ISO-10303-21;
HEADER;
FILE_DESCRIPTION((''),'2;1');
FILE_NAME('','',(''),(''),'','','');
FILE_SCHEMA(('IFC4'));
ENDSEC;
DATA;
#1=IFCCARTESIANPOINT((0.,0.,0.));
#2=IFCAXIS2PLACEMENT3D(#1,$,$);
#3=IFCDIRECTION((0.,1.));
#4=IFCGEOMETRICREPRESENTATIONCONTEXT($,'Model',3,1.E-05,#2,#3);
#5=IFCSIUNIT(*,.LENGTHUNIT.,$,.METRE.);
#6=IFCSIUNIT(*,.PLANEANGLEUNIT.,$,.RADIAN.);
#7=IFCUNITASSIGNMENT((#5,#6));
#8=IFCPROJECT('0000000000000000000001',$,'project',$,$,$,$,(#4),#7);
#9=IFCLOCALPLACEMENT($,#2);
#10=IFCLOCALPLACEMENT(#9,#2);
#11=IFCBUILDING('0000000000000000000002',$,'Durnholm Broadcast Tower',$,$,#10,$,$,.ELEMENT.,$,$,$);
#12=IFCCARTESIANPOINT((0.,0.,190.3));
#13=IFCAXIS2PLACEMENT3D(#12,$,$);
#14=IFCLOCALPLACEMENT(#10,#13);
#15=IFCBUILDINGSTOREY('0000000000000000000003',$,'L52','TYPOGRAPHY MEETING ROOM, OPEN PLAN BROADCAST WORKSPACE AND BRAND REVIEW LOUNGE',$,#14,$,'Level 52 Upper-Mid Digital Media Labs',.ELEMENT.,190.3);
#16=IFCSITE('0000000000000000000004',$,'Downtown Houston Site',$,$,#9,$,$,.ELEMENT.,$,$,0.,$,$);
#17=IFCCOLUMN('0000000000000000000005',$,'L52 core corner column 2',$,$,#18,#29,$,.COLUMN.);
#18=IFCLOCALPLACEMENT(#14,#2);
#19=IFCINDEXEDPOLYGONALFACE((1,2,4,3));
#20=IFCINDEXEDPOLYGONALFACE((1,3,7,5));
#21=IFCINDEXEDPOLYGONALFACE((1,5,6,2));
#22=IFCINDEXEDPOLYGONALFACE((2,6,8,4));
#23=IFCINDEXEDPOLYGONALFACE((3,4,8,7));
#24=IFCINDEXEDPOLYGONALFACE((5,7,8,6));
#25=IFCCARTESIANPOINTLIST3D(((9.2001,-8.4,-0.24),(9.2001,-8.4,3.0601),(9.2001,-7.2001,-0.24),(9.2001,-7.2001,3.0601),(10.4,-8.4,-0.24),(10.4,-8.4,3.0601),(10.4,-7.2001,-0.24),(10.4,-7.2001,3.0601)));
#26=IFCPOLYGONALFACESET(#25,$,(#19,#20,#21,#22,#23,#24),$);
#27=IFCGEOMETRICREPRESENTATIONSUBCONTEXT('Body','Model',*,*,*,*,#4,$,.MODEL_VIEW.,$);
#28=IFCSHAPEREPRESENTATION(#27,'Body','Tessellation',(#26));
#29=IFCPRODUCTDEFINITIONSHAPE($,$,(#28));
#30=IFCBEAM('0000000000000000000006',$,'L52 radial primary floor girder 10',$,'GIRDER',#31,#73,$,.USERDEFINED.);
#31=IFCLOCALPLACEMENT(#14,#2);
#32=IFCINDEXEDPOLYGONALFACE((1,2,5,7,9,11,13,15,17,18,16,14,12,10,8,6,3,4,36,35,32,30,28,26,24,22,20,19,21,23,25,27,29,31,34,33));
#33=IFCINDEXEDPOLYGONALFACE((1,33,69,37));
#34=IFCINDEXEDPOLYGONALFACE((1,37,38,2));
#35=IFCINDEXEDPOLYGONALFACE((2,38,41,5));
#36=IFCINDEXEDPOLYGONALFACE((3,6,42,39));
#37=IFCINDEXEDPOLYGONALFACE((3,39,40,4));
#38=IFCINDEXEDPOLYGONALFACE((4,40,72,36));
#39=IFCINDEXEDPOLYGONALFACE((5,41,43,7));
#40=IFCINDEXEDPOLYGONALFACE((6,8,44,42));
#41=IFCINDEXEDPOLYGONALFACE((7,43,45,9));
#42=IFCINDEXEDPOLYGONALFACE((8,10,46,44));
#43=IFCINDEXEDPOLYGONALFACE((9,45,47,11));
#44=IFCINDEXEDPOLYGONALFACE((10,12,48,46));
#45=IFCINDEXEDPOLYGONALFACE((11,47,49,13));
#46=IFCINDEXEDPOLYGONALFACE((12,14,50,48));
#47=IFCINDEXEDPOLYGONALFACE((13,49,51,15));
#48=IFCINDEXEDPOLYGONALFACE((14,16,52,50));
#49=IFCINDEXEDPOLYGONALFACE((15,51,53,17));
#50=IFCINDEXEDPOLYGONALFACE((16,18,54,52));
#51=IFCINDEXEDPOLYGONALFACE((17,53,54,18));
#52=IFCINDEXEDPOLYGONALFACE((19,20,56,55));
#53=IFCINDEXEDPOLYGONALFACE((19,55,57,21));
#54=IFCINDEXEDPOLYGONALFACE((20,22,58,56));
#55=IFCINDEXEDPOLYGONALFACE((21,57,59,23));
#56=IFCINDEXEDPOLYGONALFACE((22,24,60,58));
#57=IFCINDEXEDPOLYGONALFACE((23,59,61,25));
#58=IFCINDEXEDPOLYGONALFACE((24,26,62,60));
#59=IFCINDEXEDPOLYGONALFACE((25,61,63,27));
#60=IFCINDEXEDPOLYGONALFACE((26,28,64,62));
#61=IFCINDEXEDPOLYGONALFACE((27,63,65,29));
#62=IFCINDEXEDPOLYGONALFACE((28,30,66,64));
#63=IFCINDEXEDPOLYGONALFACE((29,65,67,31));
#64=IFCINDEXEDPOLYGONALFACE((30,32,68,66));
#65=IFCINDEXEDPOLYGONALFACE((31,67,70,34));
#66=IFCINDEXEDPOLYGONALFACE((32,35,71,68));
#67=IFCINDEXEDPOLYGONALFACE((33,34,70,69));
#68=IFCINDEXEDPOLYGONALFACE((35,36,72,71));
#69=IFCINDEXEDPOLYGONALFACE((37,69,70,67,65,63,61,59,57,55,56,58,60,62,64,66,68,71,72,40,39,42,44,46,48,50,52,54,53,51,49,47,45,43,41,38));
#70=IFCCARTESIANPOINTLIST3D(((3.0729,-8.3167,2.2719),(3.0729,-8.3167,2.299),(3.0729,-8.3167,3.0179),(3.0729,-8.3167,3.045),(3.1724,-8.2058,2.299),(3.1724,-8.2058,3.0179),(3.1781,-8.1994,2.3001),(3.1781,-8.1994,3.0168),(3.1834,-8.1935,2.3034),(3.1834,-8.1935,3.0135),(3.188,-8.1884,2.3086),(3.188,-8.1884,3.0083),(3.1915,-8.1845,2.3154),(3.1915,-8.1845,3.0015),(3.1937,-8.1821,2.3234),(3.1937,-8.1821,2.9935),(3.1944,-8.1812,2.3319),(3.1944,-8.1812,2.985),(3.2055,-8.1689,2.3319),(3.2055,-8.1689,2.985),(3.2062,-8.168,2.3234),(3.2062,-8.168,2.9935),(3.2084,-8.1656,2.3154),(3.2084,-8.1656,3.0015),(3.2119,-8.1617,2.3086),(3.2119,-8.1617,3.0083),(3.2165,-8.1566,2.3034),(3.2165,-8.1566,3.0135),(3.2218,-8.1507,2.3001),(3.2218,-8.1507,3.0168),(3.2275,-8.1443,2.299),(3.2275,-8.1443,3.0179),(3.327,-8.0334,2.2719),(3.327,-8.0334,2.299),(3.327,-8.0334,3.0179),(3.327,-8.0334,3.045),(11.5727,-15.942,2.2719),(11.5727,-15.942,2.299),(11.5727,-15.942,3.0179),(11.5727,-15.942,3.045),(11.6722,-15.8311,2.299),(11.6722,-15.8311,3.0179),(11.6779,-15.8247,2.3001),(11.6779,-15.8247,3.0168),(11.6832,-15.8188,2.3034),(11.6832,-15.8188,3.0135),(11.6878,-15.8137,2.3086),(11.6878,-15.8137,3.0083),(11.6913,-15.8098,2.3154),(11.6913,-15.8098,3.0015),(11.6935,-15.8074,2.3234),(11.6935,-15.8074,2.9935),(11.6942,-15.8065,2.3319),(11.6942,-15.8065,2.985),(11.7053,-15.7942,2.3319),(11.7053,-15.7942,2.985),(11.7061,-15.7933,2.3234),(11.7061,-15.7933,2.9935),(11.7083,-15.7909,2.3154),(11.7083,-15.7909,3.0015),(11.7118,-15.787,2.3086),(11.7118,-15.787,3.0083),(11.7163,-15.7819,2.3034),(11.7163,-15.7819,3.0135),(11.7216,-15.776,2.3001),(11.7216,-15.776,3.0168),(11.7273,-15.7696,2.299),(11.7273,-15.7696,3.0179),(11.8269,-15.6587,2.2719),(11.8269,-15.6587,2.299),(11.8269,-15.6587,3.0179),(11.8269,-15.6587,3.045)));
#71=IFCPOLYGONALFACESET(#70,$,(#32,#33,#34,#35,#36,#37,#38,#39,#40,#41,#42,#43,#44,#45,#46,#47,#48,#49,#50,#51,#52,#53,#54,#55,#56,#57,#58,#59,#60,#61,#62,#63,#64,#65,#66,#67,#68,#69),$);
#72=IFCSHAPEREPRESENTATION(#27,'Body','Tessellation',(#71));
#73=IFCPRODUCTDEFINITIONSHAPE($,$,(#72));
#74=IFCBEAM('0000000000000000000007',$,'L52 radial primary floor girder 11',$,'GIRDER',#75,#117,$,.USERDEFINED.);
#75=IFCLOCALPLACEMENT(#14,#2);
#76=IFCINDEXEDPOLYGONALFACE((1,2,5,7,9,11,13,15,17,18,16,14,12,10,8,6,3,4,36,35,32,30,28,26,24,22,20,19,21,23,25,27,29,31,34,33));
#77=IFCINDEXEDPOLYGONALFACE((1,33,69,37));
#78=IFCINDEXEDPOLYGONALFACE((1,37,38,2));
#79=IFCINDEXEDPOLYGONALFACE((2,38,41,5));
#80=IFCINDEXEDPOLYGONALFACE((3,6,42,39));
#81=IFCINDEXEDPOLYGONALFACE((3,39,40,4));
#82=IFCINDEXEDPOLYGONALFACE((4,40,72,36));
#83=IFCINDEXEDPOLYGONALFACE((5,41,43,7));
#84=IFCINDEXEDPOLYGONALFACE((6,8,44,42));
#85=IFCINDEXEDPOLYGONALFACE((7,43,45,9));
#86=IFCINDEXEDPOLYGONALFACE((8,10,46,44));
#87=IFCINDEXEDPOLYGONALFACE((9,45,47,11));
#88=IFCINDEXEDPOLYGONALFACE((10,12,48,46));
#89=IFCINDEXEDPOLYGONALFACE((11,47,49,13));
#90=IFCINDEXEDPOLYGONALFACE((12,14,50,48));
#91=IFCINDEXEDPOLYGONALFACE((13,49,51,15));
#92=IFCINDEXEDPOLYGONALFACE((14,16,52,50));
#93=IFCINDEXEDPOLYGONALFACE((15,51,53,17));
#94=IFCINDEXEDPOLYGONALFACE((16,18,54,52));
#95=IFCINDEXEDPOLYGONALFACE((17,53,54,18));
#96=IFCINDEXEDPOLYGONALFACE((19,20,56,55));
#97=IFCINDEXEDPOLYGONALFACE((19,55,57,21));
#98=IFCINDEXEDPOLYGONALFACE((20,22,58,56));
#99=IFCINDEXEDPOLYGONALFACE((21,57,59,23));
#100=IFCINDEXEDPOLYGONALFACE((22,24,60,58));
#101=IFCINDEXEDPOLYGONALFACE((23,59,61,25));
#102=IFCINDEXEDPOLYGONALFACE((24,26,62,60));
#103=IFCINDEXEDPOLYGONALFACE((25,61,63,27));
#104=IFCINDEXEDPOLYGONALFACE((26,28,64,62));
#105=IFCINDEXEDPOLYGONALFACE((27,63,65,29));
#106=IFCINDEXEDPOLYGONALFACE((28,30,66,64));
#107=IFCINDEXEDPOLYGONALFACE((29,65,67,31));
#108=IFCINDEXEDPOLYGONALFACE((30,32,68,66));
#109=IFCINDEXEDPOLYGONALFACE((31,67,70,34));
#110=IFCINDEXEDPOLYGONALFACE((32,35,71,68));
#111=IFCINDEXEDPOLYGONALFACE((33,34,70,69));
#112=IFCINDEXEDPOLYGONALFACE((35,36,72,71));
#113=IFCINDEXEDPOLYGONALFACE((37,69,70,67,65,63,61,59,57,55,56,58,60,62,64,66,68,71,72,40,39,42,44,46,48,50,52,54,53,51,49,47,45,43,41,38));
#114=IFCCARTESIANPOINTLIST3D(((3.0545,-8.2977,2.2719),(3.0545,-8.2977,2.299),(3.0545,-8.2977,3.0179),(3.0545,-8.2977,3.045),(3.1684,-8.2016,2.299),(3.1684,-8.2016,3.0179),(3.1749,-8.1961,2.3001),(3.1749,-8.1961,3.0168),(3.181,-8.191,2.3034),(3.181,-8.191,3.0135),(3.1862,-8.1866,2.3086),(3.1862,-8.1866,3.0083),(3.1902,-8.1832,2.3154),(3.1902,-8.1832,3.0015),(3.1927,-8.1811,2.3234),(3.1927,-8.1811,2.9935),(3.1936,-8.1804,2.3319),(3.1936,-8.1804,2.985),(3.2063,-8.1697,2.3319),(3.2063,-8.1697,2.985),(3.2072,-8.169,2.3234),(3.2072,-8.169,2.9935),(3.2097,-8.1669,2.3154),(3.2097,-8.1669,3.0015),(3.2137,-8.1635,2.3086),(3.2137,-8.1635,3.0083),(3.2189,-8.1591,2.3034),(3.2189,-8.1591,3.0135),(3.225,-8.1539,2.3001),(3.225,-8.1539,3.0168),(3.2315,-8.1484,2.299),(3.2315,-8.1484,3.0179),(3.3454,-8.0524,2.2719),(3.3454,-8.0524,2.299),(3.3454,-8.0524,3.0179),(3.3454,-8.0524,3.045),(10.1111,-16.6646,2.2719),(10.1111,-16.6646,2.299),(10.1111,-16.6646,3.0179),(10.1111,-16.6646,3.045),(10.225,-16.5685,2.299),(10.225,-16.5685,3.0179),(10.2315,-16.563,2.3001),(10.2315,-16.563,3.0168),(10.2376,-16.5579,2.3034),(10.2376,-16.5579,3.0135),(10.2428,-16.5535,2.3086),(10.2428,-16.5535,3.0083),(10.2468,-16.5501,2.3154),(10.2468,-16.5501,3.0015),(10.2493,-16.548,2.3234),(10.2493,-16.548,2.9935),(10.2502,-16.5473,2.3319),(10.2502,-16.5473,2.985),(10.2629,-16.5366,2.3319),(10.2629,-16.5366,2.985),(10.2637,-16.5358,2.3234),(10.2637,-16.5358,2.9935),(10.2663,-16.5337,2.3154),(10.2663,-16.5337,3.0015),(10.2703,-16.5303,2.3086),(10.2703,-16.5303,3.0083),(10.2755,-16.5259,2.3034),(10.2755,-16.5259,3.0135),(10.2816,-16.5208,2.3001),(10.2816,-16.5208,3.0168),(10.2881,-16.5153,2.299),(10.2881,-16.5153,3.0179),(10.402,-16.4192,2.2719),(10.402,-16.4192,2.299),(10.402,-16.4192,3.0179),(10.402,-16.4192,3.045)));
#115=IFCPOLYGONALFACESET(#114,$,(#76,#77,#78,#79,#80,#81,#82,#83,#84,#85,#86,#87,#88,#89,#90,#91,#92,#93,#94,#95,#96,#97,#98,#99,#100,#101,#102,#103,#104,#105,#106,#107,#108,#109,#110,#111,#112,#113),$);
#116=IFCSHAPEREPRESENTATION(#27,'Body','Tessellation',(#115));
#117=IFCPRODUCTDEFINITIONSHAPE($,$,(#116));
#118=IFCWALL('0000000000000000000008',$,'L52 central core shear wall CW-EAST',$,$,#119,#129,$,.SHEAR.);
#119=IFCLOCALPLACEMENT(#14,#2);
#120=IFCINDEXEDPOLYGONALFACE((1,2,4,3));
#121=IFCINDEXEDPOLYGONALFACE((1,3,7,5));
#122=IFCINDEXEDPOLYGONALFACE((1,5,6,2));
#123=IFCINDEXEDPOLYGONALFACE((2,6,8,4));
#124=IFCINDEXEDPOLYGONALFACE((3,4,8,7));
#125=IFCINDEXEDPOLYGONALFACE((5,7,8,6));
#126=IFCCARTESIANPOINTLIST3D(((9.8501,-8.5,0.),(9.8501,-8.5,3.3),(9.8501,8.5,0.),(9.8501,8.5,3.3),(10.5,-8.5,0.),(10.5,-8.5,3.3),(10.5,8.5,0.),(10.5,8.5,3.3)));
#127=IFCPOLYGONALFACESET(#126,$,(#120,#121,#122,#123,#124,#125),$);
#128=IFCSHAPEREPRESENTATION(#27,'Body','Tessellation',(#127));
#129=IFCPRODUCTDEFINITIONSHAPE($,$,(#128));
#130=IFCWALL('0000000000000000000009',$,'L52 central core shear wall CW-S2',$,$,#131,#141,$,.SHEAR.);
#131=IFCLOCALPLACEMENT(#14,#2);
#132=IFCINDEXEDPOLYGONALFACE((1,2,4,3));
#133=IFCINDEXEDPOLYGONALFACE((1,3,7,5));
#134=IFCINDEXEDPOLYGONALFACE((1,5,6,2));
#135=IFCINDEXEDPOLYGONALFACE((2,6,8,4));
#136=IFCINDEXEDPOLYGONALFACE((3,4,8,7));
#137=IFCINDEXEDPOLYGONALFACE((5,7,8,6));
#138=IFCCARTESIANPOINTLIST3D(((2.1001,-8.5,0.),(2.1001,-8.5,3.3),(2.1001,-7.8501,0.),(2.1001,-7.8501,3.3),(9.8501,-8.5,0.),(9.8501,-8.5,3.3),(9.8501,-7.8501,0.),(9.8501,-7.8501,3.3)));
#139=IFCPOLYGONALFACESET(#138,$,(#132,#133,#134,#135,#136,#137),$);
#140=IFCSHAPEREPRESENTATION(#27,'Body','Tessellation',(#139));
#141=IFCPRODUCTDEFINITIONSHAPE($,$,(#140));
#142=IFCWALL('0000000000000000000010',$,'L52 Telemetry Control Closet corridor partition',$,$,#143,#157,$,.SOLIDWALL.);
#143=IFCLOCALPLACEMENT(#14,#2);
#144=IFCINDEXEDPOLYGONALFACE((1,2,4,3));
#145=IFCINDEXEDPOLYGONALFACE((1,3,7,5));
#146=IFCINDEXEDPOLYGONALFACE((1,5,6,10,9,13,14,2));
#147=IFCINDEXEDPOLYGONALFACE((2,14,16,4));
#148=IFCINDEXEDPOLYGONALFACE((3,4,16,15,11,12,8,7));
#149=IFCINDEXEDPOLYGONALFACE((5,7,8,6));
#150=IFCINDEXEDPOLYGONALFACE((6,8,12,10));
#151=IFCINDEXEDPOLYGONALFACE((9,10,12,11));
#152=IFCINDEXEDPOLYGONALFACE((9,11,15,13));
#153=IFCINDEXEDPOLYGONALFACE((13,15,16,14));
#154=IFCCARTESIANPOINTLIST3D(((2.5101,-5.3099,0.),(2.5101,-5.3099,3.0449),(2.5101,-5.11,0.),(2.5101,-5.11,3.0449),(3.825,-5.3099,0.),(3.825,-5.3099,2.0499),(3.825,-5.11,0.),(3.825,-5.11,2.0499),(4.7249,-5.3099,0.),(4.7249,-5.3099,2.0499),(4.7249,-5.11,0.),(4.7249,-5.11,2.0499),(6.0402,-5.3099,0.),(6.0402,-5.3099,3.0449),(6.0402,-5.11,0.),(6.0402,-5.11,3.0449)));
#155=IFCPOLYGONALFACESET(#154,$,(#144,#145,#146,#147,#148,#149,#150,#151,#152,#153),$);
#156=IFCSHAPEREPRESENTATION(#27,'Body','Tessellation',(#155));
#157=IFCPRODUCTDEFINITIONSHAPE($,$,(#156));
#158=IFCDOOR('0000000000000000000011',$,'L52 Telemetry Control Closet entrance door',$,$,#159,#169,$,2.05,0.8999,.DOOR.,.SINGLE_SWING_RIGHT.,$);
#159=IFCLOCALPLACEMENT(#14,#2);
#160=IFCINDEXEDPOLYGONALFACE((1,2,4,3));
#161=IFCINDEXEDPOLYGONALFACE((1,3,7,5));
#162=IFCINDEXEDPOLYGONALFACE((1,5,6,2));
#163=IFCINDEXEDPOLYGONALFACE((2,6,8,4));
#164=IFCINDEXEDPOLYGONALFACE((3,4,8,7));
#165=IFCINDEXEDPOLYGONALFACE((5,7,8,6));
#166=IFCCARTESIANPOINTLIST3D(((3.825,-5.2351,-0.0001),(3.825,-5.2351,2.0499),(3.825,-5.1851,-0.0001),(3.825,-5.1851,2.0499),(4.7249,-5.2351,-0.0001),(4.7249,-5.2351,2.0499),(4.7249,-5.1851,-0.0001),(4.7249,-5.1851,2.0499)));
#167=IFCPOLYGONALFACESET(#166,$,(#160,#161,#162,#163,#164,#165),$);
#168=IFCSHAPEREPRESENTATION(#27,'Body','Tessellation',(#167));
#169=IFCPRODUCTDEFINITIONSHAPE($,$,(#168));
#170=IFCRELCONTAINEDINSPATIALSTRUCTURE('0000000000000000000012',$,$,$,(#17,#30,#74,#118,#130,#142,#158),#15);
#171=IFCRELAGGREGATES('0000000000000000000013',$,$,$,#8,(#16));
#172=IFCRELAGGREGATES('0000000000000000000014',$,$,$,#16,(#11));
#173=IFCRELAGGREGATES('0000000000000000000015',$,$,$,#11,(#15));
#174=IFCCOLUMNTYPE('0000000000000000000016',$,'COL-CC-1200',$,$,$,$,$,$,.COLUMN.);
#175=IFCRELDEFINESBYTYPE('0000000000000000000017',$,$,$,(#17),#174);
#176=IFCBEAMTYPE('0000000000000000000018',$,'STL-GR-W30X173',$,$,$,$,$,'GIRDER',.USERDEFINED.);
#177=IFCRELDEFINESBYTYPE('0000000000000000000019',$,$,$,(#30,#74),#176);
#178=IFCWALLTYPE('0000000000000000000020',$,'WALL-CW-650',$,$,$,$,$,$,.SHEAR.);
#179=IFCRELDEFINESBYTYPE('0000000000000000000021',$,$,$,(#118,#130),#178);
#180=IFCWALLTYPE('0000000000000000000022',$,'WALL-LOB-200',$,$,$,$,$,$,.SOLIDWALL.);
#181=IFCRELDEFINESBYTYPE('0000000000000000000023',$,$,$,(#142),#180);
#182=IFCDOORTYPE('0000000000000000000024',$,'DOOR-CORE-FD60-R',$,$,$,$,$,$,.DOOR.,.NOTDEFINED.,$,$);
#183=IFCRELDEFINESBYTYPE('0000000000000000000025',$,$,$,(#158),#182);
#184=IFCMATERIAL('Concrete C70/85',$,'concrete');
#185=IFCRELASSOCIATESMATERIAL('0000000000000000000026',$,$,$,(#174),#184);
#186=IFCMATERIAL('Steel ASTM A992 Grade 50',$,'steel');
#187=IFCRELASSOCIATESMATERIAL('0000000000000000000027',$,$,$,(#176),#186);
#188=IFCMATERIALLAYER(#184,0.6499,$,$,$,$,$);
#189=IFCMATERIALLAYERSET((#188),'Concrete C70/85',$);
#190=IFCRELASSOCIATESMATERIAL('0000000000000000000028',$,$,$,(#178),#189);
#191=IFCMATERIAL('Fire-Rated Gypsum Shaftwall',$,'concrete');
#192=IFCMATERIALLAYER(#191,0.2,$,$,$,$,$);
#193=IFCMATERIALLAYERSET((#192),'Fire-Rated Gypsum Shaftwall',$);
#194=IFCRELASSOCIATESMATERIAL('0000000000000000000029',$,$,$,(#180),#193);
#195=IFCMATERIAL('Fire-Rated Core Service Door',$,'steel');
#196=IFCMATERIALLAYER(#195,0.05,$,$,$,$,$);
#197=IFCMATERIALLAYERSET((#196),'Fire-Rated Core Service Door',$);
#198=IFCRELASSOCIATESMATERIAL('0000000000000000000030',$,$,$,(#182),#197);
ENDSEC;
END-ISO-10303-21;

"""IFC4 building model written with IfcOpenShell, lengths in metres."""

from ifc_helpers import new_model, si_unit, direction, frame, frame_2d, origin, origin_2d, place, context, subcontext, project, spatial, rectangle, i_section, extrude, source, transform, mapped, material, layer, layer_set, material_profile, profile_set, type_object, type_shapes, element, fill, save


model = new_model("IFC4")

# Units and contexts
model_context = context("Model", 3, precision=1e-05, world=origin(), true_north=direction((0.0, 1.0)))
body_context = subcontext(model_context, "Body", "Model", "MODEL_VIEW")
ifc_project = project(units=[si_unit("LENGTHUNIT", "METRE"), si_unit("PLANEANGLEUNIT", "RADIAN")], contexts=[model_context])

# Site, building, storey
site_placement = place(None, origin())
site = spatial("IfcSite", under=ifc_project, at=site_placement, Name="Downtown Houston Site", CompositionType="ELEMENT", RefElevation=0.0)
building_placement = place(site_placement, origin())
building = spatial("IfcBuilding", under=site, at=building_placement, Name="Durnholm Broadcast Tower", CompositionType="ELEMENT")
storey_placement = place(building_placement, frame((0.0, 0.0, 190.3)))
storey = spatial("IfcBuildingStorey", under=building, at=storey_placement, Name="L52", Description="TYPOGRAPHY MEETING ROOM, OPEN PLAN BROADCAST WORKSPACE AND BRAND REVIEW LOUNGE", LongName="Level 52 Upper-Mid Digital Media Labs", CompositionType="ELEMENT", Elevation=190.3)

# Column
ifc_material_1 = material(Name="Concrete C70/85", Category="concrete")
ifc_material_profile_1 = material_profile(ifc_material_1, rectangle(XDim=1.2, YDim=1.2, at=origin_2d()), Name="RC1200X1200")
ifc_profile_set_1 = profile_set([ifc_material_profile_1], Name="Concrete C70/85")
column_type = type_object("IfcColumnType", Name="COL-CC-1200", PredefinedType="COLUMN", material=ifc_profile_set_1)
shared_shape_1 = source(origin(), body_context, "Body", "SweptSolid", [
    extrude(rectangle(XDim=1.2, YDim=1.2, at=origin_2d()), origin(), (0.0, 0.0, 1.0), 3.3),
])
type_shapes(column_type, [shared_shape_1])
column_placement = place(storey_placement, frame((9.8, -7.8, -0.24), z_axis=(0.0, 0.0, 1.0), x_axis=(1.0, 0.0, 0.0)))
element("IfcColumn", 1, at=column_placement, inside=storey, type_object=column_type, Name="L52 core corner column 2", PredefinedType="COLUMN", context=body_context, shape_type="MappedRepresentation", body=[
    mapped(shared_shape_1, transform((0.0, 0.0, 0.0), x_axis=(1.0, 0.0, 0.0), y_axis=(0.0, 1.0, 0.0), z_axis=(0.0, 0.0, 1.0), scale=1.0)),
])

# Beams
ifc_material_2 = material(Name="Steel ASTM A992 Grade 50", Category="steel")
ifc_material_profile_2 = material_profile(ifc_material_2, i_section(OverallWidth=0.3806, OverallDepth=0.7732, WebThickness=0.0166, FlangeThickness=0.0271, FilletRadius=0.033, at=origin_2d()), Name="W30X173")
ifc_profile_set_2 = profile_set([ifc_material_profile_2], Name="Steel ASTM A992 Grade 50")
beam_type = type_object("IfcBeamType", Name="STL-GR-W30X173", ElementType="GIRDER", PredefinedType="USERDEFINED", material=ifc_profile_set_2)
shared_shape_2 = source(origin(), body_context, "Body", "SweptSolid", [
    extrude(i_section(OverallWidth=0.3806, OverallDepth=0.7732, WebThickness=0.0166, FlangeThickness=0.0271, FilletRadius=0.033, at=origin_2d()), origin(), (0.0, 0.0, 1.0), 11.4189),
])
beam_1_placement = place(storey_placement, frame((3.2, -8.175, 2.6584), z_axis=(0.744362, -0.667777, 0.0), x_axis=(0.667777, 0.744362, 0.0)))
element("IfcBeam", 2, at=beam_1_placement, inside=storey, type_object=beam_type, Name="L52 radial primary floor girder 10", ObjectType="GIRDER", PredefinedType="USERDEFINED", context=body_context, shape_type="MappedRepresentation", body=[
    mapped(shared_shape_2, transform((0.0, 0.0, 0.0), x_axis=(1.0, 0.0, 0.0), y_axis=(0.0, 1.0, 0.0), z_axis=(0.0, 0.0, 1.0), scale=1.0)),
])
shared_shape_3 = source(origin(), body_context, "Body", "SweptSolid", [
    extrude(i_section(OverallWidth=0.3806, OverallDepth=0.7732, WebThickness=0.0166, FlangeThickness=0.0271, FilletRadius=0.033, at=origin_2d()), origin(), (0.0, 0.0, 1.0), 10.9453),
])
type_shapes(beam_type, [shared_shape_2, shared_shape_3])
beam_2_placement = place(storey_placement, frame((3.2, -8.175, 2.6584), z_axis=(0.644713, -0.764425, 0.0), x_axis=(0.764425, 0.644713, 0.0)))
element("IfcBeam", 3, at=beam_2_placement, inside=storey, type_object=beam_type, Name="L52 radial primary floor girder 11", ObjectType="GIRDER", PredefinedType="USERDEFINED", context=body_context, shape_type="MappedRepresentation", body=[
    mapped(shared_shape_3, transform((0.0, 0.0, 0.0), x_axis=(1.0, 0.0, 0.0), y_axis=(0.0, 1.0, 0.0), z_axis=(0.0, 0.0, 1.0), scale=1.0)),
])

# Walls
ifc_layer_1 = layer(ifc_material_1, 0.6499)
ifc_layer_set_1 = layer_set([ifc_layer_1], Name="Concrete C70/85")
wall_type_1 = type_object("IfcWallType", Name="WALL-CW-650", PredefinedType="SHEAR", material=ifc_layer_set_1)
wall_1_placement = place(storey_placement, frame((10.175, -8.5, 0.0), z_axis=(0.0, 0.0, 1.0), x_axis=(0.0, 1.0, 0.0)))
element("IfcWall", 4, at=wall_1_placement, inside=storey, type_object=wall_type_1, Name="L52 central core shear wall CW-EAST", PredefinedType="SHEAR", context=body_context, shape_type="SweptSolid", body=[
    extrude(rectangle(XDim=17.0, YDim=0.6499, at=frame_2d((8.5, 0.0))), origin(), (0.0, 0.0, 1.0), 3.3),
])
wall_2_placement = place(storey_placement, frame((2.1001, -8.175, 0.0), z_axis=(0.0, 0.0, 1.0), x_axis=(1.0, 0.0, 0.0)))
element("IfcWall", 5, at=wall_2_placement, inside=storey, type_object=wall_type_1, Name="L52 central core shear wall CW-S2", PredefinedType="SHEAR", context=body_context, shape_type="SweptSolid", body=[
    extrude(rectangle(XDim=7.75, YDim=0.6499, at=frame_2d((3.875, 0.0))), origin(), (0.0, 0.0, 1.0), 3.3),
])

# Wall, opening, door
ifc_material_3 = material(Name="Fire-Rated Gypsum Shaftwall", Category="concrete")
ifc_layer_2 = layer(ifc_material_3, 0.2)
ifc_layer_set_2 = layer_set([ifc_layer_2], Name="Fire-Rated Gypsum Shaftwall")
wall_type_2 = type_object("IfcWallType", Name="WALL-LOB-200", PredefinedType="SOLIDWALL", material=ifc_layer_set_2)
wall_3_placement = place(storey_placement, frame((2.51, -5.21, 0.0), z_axis=(0.0, 0.0, 1.0), x_axis=(1.0, 0.0, 0.0)))
wall_3 = element("IfcWall", 6, at=wall_3_placement, inside=storey, type_object=wall_type_2, Name="L52 Telemetry Control Closet corridor partition", PredefinedType="SOLIDWALL", context=body_context, shape_type="SweptSolid", body=[
    extrude(rectangle(XDim=3.53, YDim=0.2, at=frame_2d((1.7651, 0.0))), origin(), (0.0, 0.0, 1.0), 3.0449),
])
opening_1_placement = place(wall_3_placement, frame((1.3149, 0.0, 0.0)))
opening_1 = element("IfcOpeningElement", 7, at=opening_1_placement, cuts=wall_3, PredefinedType="OPENING", context=body_context, shape_type="SweptSolid", body=[
    extrude(rectangle(XDim=0.8999, YDim=2.05, at=frame_2d((0.45, 1.0249))), frame((0.0, 0.1099, 0.0), z_axis=(0.0, -1.0, 0.0), x_axis=(1.0, 0.0, 0.0)), (0.0, 0.0, 1.0), 0.22),
])
ifc_material_4 = material(Name="Fire-Rated Core Service Door", Category="steel")
ifc_layer_3 = layer(ifc_material_4, 0.05)
ifc_layer_set_3 = layer_set([ifc_layer_3], Name="Fire-Rated Core Service Door")
door_type_1 = type_object("IfcDoorType", Name="DOOR-CORE-FD60-R", OperationType="NOTDEFINED", PredefinedType="DOOR", material=ifc_layer_set_3)
shared_shape_4 = source(origin(), body_context, "Body", "SweptSolid", [
    extrude(rectangle(XDim=0.8999, YDim=2.05, at=frame_2d((0.45, 1.0249))), frame((0.0, 0.0249, 0.0), z_axis=(0.0, -1.0, 0.0), x_axis=(1.0, 0.0, 0.0)), (0.0, 0.0, 1.0), 0.05),
])
type_shapes(door_type_1, [shared_shape_4])
door_1_placement = place(opening_1_placement, origin())
door_1 = element("IfcDoor", 8, at=door_1_placement, inside=storey, type_object=door_type_1, Name="L52 Telemetry Control Closet entrance door", OperationType="SINGLE_SWING_RIGHT", OverallHeight=2.05, OverallWidth=0.8999, PredefinedType="DOOR", context=body_context, shape_type="MappedRepresentation", body=[
    mapped(shared_shape_4, transform((0.0, 0.0, 0.0), x_axis=(1.0, 0.0, 0.0), y_axis=(0.0, 1.0, 0.0), z_axis=(0.0, 0.0, 1.0), scale=1.0)),
])
fill(opening_1, door_1)

save(model, "model.ifc")
